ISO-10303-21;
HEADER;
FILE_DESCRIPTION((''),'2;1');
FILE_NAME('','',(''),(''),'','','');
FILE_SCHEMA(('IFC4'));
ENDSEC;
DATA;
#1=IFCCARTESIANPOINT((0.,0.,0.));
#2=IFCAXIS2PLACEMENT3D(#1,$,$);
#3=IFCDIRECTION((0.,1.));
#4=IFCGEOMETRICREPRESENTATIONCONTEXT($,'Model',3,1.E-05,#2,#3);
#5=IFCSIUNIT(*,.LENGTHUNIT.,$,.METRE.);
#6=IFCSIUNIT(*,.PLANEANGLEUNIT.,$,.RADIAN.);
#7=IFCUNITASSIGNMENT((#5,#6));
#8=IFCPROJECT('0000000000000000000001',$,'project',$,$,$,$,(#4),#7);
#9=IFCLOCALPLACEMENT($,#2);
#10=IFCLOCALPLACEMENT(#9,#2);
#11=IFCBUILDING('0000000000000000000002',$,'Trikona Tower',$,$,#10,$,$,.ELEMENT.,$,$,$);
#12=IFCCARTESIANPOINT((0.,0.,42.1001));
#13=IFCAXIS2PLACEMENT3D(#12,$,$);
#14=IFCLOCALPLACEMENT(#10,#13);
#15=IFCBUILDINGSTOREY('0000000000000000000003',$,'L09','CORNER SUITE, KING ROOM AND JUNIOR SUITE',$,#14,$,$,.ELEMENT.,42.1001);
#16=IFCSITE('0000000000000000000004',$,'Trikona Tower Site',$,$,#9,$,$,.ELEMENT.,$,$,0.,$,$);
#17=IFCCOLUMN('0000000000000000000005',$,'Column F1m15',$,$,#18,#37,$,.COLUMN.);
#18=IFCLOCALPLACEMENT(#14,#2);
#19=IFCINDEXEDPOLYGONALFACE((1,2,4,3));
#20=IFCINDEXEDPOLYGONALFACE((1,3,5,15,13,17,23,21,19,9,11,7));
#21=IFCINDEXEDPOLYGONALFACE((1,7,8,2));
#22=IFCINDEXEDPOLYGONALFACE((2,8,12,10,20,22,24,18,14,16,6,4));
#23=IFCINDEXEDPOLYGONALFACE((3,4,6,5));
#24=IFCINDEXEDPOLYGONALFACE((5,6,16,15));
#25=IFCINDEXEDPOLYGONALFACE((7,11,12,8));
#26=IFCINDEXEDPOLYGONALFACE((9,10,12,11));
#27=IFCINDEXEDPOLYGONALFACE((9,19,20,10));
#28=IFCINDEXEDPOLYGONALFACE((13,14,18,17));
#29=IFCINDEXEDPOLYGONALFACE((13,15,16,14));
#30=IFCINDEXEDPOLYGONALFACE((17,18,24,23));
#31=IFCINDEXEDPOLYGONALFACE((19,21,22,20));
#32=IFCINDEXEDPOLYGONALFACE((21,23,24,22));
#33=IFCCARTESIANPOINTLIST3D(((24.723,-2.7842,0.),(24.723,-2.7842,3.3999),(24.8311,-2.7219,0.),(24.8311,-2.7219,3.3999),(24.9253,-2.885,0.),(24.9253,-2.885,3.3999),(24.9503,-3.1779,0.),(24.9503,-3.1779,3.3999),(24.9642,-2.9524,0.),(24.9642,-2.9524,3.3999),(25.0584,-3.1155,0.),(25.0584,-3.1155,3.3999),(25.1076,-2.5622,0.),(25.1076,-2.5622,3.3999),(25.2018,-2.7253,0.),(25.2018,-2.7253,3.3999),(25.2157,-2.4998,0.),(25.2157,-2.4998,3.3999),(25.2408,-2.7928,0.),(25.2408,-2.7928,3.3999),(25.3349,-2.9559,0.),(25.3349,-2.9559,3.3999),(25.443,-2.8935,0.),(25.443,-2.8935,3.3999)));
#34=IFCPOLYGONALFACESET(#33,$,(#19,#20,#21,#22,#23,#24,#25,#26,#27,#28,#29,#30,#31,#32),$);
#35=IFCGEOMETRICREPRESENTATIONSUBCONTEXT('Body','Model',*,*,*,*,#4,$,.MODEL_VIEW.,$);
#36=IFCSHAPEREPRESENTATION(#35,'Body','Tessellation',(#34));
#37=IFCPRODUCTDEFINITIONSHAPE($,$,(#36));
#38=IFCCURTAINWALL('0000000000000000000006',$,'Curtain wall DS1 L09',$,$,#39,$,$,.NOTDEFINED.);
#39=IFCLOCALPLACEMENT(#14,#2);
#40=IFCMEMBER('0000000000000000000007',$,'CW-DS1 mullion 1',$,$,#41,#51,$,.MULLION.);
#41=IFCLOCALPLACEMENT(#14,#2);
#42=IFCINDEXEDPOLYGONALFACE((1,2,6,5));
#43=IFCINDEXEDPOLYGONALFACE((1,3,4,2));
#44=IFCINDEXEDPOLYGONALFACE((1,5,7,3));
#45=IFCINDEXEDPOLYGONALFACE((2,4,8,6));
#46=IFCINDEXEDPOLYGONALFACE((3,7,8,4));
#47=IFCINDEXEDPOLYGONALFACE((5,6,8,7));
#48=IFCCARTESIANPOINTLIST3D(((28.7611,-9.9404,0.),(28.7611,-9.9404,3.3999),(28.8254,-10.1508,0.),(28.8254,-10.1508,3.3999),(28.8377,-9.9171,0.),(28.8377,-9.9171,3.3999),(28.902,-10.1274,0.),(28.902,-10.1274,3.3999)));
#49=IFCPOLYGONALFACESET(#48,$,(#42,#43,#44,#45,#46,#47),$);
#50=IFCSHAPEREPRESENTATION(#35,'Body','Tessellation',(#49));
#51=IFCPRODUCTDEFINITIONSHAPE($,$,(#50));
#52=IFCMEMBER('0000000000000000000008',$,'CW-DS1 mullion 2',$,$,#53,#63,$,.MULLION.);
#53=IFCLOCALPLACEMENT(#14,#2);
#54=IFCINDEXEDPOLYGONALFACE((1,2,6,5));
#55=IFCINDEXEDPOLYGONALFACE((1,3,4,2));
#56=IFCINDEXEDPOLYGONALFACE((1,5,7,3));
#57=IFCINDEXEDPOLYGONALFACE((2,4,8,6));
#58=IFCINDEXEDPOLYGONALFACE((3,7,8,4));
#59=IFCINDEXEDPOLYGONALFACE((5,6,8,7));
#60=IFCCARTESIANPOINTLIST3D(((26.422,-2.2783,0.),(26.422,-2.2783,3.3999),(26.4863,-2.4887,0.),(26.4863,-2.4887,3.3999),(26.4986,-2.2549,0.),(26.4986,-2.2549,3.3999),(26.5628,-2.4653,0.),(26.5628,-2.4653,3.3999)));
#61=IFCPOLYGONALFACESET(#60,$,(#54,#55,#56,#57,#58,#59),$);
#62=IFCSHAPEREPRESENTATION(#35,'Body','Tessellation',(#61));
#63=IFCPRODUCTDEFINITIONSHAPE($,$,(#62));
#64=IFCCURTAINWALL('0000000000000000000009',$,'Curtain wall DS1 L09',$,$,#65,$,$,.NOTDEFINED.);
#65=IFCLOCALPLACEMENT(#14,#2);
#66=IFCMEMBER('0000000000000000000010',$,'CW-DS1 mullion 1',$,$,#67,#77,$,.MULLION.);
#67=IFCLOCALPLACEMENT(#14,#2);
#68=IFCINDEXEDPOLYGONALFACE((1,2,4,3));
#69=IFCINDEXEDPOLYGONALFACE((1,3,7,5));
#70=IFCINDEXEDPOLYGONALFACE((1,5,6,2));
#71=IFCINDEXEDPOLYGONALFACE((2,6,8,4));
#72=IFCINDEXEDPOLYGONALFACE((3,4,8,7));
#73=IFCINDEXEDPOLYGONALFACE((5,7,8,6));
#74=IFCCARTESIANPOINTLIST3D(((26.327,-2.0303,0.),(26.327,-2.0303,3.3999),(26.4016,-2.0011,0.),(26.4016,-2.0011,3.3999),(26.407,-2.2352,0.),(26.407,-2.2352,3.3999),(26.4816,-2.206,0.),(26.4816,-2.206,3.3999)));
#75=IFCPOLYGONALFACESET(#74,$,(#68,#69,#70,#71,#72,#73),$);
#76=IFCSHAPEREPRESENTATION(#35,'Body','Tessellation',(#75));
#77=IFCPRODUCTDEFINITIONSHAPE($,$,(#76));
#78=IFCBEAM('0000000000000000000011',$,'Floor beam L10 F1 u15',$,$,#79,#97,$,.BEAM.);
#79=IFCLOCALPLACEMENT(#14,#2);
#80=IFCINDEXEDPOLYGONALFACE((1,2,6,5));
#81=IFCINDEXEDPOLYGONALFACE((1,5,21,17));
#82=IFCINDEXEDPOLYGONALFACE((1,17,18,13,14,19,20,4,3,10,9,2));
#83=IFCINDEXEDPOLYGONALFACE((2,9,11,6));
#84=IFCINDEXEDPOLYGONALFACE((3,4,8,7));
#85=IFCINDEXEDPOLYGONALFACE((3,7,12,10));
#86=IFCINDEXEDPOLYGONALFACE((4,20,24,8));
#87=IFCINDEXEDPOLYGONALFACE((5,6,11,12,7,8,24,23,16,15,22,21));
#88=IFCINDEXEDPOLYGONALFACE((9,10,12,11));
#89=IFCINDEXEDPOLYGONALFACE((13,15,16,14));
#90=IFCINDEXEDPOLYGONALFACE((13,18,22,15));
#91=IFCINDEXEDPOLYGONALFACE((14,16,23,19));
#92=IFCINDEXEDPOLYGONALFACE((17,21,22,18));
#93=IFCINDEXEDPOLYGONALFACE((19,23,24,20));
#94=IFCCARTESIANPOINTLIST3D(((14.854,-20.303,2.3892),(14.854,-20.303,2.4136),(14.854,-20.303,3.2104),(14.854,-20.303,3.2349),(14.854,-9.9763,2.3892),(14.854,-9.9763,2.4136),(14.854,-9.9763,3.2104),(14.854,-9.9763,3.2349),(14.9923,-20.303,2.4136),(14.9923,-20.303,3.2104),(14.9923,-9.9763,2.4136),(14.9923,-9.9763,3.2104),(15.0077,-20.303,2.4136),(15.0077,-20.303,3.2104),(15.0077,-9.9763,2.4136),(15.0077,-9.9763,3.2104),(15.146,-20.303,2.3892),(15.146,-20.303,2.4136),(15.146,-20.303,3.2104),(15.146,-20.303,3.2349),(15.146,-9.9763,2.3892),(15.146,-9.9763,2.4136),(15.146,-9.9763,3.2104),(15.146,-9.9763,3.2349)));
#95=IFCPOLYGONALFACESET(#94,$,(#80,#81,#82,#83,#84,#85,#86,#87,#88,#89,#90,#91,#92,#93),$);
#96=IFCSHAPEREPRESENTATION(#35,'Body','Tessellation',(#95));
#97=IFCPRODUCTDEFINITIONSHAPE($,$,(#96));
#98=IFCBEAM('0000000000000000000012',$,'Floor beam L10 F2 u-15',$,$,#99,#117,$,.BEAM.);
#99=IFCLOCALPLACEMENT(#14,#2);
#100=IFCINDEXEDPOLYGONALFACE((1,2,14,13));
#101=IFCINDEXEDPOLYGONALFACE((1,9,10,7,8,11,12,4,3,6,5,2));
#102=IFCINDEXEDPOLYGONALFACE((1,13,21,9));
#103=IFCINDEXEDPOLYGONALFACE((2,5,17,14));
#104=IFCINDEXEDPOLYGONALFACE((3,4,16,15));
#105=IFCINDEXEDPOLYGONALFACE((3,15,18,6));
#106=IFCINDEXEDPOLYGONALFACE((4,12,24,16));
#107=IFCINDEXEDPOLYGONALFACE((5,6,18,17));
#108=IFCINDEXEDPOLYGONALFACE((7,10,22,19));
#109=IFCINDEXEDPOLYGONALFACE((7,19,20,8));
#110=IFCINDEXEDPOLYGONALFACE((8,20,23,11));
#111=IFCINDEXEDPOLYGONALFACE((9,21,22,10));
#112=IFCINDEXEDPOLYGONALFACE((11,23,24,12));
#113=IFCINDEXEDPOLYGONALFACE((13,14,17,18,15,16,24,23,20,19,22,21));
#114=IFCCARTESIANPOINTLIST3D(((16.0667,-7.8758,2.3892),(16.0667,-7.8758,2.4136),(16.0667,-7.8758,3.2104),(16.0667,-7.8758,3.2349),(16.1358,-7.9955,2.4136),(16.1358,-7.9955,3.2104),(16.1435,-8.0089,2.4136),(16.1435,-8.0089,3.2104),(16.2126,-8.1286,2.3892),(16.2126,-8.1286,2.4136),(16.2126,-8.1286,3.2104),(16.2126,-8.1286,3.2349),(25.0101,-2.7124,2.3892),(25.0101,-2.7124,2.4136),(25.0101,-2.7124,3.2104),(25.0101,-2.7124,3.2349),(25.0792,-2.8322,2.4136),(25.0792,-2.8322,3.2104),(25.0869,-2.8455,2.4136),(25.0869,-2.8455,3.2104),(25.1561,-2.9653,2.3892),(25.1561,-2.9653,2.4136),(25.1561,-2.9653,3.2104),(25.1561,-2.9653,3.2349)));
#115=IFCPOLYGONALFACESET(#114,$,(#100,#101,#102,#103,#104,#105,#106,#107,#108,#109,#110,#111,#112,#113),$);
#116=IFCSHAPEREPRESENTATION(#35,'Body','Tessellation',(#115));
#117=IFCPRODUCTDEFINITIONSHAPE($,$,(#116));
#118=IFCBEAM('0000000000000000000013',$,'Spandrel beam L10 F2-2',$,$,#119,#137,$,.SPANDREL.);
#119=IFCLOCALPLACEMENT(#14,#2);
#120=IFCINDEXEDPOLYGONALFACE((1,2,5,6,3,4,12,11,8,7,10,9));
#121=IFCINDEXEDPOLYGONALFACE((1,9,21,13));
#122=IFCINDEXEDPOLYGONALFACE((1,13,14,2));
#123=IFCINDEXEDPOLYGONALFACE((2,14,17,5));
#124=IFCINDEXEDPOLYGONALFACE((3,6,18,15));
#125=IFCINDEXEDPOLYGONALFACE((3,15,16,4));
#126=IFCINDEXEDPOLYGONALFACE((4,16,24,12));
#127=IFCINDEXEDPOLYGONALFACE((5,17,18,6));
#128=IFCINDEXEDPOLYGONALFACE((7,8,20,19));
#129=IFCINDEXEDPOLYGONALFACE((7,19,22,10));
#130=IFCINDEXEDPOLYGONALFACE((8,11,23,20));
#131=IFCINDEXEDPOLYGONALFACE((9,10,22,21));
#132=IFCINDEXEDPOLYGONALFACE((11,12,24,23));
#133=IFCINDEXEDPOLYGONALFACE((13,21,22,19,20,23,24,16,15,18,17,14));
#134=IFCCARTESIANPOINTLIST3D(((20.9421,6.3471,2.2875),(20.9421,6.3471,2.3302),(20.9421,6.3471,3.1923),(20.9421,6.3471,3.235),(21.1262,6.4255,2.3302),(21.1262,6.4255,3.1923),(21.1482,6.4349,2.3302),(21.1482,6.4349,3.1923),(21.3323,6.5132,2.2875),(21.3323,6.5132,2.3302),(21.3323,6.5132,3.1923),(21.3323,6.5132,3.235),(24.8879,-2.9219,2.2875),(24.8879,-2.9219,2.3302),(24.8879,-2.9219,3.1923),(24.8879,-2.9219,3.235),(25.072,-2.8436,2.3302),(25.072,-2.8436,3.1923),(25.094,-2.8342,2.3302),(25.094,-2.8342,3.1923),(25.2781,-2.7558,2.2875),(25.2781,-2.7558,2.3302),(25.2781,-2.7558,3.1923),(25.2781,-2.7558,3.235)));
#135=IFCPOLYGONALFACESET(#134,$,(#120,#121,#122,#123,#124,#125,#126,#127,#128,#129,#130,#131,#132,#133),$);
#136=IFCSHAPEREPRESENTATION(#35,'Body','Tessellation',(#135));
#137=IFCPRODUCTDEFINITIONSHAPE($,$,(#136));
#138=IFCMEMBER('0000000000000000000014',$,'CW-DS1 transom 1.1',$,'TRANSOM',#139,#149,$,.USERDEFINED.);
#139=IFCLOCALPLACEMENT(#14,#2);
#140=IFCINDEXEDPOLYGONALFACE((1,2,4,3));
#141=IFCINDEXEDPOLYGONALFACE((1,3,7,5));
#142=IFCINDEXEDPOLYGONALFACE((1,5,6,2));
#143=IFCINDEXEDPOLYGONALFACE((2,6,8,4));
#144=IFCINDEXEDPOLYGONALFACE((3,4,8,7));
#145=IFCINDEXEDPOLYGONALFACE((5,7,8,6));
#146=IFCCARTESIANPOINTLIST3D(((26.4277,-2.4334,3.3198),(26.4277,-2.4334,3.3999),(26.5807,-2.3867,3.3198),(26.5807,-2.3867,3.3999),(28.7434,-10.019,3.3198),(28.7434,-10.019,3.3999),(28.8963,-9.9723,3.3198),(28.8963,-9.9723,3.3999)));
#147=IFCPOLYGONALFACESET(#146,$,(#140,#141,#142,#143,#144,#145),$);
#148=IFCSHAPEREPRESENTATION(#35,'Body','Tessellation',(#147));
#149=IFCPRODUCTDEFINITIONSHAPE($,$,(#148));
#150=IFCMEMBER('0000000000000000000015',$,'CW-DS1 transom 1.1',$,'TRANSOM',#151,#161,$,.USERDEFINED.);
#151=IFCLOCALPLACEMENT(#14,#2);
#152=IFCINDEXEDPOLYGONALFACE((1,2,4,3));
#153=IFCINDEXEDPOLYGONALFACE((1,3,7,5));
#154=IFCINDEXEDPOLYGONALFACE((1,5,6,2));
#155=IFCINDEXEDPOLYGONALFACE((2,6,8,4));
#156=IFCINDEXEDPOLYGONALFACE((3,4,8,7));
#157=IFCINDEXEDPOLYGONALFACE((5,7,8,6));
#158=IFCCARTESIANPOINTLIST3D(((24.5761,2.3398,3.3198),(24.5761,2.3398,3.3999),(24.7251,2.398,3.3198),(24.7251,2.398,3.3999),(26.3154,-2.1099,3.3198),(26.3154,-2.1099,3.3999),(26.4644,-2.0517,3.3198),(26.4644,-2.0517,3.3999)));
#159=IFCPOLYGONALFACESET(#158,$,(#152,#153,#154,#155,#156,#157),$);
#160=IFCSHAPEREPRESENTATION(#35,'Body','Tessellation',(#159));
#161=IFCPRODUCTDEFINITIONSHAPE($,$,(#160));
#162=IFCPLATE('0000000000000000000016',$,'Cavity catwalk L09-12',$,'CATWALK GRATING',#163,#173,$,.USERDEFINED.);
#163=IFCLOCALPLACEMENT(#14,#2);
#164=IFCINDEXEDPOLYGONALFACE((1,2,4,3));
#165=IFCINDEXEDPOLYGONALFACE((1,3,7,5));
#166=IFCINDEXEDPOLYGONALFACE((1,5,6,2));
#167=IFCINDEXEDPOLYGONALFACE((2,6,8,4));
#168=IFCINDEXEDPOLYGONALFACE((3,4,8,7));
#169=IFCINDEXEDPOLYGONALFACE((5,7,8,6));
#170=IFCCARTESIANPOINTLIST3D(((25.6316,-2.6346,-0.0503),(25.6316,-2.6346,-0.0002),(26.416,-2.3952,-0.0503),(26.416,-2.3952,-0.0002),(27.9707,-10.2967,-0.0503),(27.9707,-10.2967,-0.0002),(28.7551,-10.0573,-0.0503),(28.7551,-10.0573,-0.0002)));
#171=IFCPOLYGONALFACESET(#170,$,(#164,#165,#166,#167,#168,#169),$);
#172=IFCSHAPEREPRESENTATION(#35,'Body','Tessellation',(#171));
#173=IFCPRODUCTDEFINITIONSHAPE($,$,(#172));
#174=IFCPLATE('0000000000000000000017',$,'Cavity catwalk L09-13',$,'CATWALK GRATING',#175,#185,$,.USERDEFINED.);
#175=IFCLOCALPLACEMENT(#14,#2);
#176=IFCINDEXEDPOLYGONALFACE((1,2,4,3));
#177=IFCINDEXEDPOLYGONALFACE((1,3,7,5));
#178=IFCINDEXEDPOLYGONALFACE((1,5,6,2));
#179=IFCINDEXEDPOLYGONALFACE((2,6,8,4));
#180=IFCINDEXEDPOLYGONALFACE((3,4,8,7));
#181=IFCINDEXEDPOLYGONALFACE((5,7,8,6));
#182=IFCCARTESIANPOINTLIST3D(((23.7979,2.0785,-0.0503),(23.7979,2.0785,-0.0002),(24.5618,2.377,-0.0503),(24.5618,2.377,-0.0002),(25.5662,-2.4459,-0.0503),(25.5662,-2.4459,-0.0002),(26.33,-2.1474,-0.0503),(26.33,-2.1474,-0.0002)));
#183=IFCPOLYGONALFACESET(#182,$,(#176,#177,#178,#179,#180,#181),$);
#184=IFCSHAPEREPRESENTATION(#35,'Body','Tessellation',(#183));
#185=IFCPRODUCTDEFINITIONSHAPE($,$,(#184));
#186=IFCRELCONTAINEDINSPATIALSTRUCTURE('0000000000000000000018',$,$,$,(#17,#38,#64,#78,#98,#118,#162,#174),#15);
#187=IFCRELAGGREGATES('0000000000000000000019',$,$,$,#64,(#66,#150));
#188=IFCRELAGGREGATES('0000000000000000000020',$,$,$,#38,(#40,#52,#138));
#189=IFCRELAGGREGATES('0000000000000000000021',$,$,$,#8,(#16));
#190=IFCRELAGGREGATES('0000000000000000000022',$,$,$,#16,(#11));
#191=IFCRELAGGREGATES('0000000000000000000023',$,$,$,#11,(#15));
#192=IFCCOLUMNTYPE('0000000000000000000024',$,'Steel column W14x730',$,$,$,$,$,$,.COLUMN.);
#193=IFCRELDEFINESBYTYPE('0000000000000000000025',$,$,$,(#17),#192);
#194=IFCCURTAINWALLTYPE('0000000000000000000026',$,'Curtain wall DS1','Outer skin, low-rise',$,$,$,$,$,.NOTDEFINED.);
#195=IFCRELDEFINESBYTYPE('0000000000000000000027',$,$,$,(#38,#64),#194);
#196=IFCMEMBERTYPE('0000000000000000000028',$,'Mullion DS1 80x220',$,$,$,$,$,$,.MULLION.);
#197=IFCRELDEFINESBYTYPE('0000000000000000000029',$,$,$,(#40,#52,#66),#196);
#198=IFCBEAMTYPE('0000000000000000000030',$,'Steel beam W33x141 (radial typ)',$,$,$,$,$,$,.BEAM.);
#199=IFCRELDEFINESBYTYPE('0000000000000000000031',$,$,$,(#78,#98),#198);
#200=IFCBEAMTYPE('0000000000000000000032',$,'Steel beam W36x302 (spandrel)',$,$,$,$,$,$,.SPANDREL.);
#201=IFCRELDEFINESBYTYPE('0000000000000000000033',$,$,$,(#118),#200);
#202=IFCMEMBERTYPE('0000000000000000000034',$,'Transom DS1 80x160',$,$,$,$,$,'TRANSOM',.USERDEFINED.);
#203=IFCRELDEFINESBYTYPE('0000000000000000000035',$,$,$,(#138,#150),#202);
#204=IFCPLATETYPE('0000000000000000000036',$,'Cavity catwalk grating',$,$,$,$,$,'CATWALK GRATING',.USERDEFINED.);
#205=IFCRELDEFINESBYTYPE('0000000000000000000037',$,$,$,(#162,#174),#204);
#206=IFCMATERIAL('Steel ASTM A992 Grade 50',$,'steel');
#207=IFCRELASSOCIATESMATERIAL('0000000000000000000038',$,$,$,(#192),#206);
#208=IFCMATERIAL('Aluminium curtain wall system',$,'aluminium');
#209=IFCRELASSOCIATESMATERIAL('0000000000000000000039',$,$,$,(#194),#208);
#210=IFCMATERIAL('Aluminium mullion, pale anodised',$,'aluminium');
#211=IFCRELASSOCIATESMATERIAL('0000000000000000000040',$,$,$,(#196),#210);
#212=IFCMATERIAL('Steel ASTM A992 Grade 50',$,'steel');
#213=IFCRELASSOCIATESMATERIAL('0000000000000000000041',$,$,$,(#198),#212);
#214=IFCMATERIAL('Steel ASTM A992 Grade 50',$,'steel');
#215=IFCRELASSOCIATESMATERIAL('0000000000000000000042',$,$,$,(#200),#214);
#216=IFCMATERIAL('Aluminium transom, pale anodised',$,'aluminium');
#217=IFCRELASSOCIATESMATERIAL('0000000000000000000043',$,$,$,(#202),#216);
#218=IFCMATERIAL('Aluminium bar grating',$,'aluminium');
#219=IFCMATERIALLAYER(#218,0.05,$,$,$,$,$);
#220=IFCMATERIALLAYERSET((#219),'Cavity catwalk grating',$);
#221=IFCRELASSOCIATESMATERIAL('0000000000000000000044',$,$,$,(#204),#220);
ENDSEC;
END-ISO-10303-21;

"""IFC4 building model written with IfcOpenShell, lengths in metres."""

from ifc_helpers import new_model, si_unit, direction, frame, origin, origin_2d, place, context, subcontext, project, spatial, rectangle, i_section, extrude, material, layer, layer_set, material_profile, profile_set, type_object, element, aggregate, save


model = new_model("IFC4")

# Units and contexts
model_context = context("Model", 3, precision=1e-05, world=origin(), true_north=direction((0.0, 1.0)))
body_context = subcontext(model_context, "Body", "Model", "MODEL_VIEW")
ifc_project = project(units=[si_unit("LENGTHUNIT", "METRE"), si_unit("PLANEANGLEUNIT", "RADIAN")], contexts=[model_context])

# Site, building, storey
site_placement = place(None, origin())
site = spatial("IfcSite", under=ifc_project, at=site_placement, Name="Trikona Tower Site", CompositionType="ELEMENT", RefElevation=0.0)
building_placement = place(site_placement, origin())
building = spatial("IfcBuilding", under=site, at=building_placement, Name="Trikona Tower", CompositionType="ELEMENT")
storey_placement = place(building_placement, frame((0.0, 0.0, 42.1001)))
storey = spatial("IfcBuildingStorey", under=building, at=storey_placement, Name="L09", Description="CORNER SUITE, KING ROOM AND JUNIOR SUITE", CompositionType="ELEMENT", Elevation=42.1001)

# Column
ifc_material_1 = material(Name="Steel ASTM A992 Grade 50", Category="steel")
ifc_material_profile_1 = material_profile(ifc_material_1, i_section(OverallWidth=0.4546, OverallDepth=0.5688, WebThickness=0.0779, FlangeThickness=0.1248, at=origin_2d()), Name="W14X730")
ifc_profile_set_1 = profile_set([ifc_material_profile_1], Name="Steel ASTM A992 Grade 50")
column_type = type_object("IfcColumnType", Name="Steel column W14x730", PredefinedType="COLUMN", material=ifc_profile_set_1)
column_placement = place(storey_placement, frame((25.083, -2.8389, 0.0), z_axis=(0.0, 0.0, 1.0), x_axis=(-0.5, 0.866025, 0.0)))
element("IfcColumn", 1, at=column_placement, inside=storey, type_object=column_type, Name="Column F1m15", PredefinedType="COLUMN", context=body_context, shape_type="SweptSolid", body=[
    extrude(i_section(OverallWidth=0.4546, OverallDepth=0.5688, WebThickness=0.0779, FlangeThickness=0.1248, at=origin_2d()), origin(), (0.0, 0.0, 1.0), 3.3999),
])

# Curtain wall, members
ifc_material_2 = material(Name="Aluminium curtain wall system", Category="aluminium")
curtain_wall_type = type_object("IfcCurtainWallType", Name="Curtain wall DS1", Description="Outer skin, low-rise", PredefinedType="NOTDEFINED", material=ifc_material_2)
curtain_wall_1_placement = place(storey_placement, origin())
curtain_wall_1 = element("IfcCurtainWall", 2, at=curtain_wall_1_placement, inside=storey, type_object=curtain_wall_type, Name="Curtain wall DS1 L09", PredefinedType="NOTDEFINED")
ifc_material_3 = material(Name="Aluminium mullion, pale anodised", Category="aluminium")
ifc_material_profile_2 = material_profile(ifc_material_3, rectangle(XDim=0.0801, YDim=0.22, at=origin_2d()), Name="MUL-DS1")
ifc_profile_set_2 = profile_set([ifc_material_profile_2], Name="Aluminium mullion, pale anodised")
member_type_1 = type_object("IfcMemberType", Name="Mullion DS1 80x220", PredefinedType="MULLION", material=ifc_profile_set_2)
member_1_placement = place(storey_placement, frame((28.8315, -10.0339, 0.0), z_axis=(0.0, 0.0, 1.0), x_axis=(-0.956423, -0.291984, 0.0)))
member_1 = element("IfcMember", 3, at=member_1_placement, type_object=member_type_1, Name="CW-DS1 mullion 1", PredefinedType="MULLION", context=body_context, shape_type="SweptSolid", body=[
    extrude(rectangle(XDim=0.0801, YDim=0.22, at=origin_2d()), origin(), (0.0, 0.0, 1.0), 3.3999),
])
member_2_placement = place(storey_placement, frame((26.4924, -2.3718, 0.0), z_axis=(0.0, 0.0, 1.0), x_axis=(-0.956423, -0.291984, 0.0)))
member_2 = element("IfcMember", 4, at=member_2_placement, type_object=member_type_1, Name="CW-DS1 mullion 2", PredefinedType="MULLION", context=body_context, shape_type="SweptSolid", body=[
    extrude(rectangle(XDim=0.0801, YDim=0.22, at=origin_2d()), origin(), (0.0, 0.0, 1.0), 3.3999),
])

# Curtain wall, member
curtain_wall_2_placement = place(storey_placement, origin())
curtain_wall_2 = element("IfcCurtainWall", 5, at=curtain_wall_2_placement, inside=storey, type_object=curtain_wall_type, Name="Curtain wall DS1 L09", PredefinedType="NOTDEFINED")
member_3_placement = place(storey_placement, frame((26.4043, -2.1182, 0.0), z_axis=(0.0, 0.0, 1.0), x_axis=(-0.931396, -0.364008, 0.0)))
member_3 = element("IfcMember", 6, at=member_3_placement, type_object=member_type_1, Name="CW-DS1 mullion 1", PredefinedType="MULLION", context=body_context, shape_type="SweptSolid", body=[
    extrude(rectangle(XDim=0.0801, YDim=0.22, at=origin_2d()), origin(), (0.0, 0.0, 1.0), 3.3999),
])

# Beams
ifc_material_4 = material(Name="Steel ASTM A992 Grade 50", Category="steel")
ifc_material_profile_3 = material_profile(ifc_material_4, i_section(OverallWidth=0.292, OverallDepth=0.8457, WebThickness=0.0154, FlangeThickness=0.0244, at=origin_2d()), Name="W33X141")
ifc_profile_set_3 = profile_set([ifc_material_profile_3], Name="Steel ASTM A992 Grade 50")
beam_type_1 = type_object("IfcBeamType", Name="Steel beam W33x141 (radial typ)", PredefinedType="BEAM", material=ifc_profile_set_3)
beam_1_placement = place(storey_placement, frame((15.0, -9.9763, 2.812), z_axis=(0.0, -1.0, 0.0), x_axis=(1.0, 0.0, 0.0)))
element("IfcBeam", 7, at=beam_1_placement, inside=storey, type_object=beam_type_1, Name="Floor beam L10 F1 u15", PredefinedType="BEAM", context=body_context, shape_type="SweptSolid", body=[
    extrude(i_section(OverallWidth=0.292, OverallDepth=0.8457, WebThickness=0.0154, FlangeThickness=0.0244, at=origin_2d()), origin(), (0.0, 0.0, 1.0), 10.3267),
])
beam_2_placement = place(storey_placement, frame((16.1396, -8.0022, 2.812), z_axis=(0.86603, 0.499991, 0.0), x_axis=(-0.499991, 0.86603, 0.0)))
element("IfcBeam", 8, at=beam_2_placement, inside=storey, type_object=beam_type_1, Name="Floor beam L10 F2 u-15", PredefinedType="BEAM", context=body_context, shape_type="SweptSolid", body=[
    extrude(i_section(OverallWidth=0.292, OverallDepth=0.8457, WebThickness=0.0154, FlangeThickness=0.0244, at=origin_2d()), origin(), (0.0, 0.0, 1.0), 10.3269),
])
ifc_material_5 = material(Name="Steel ASTM A992 Grade 50", Category="steel")
ifc_material_profile_4 = material_profile(ifc_material_5, i_section(OverallWidth=0.4241, OverallDepth=0.9475, WebThickness=0.0239, FlangeThickness=0.0427, at=origin_2d()), Name="W36X302")
ifc_profile_set_4 = profile_set([ifc_material_profile_4], Name="Steel ASTM A992 Grade 50")
beam_type_2 = type_object("IfcBeamType", Name="Steel beam W36x302 (spandrel)", PredefinedType="SPANDREL", material=ifc_profile_set_4)
beam_3_placement = place(storey_placement, frame((25.083, -2.8389, 2.7612), z_axis=(-0.391684, 0.9201, 0.0), x_axis=(-0.9201, -0.391684, 0.0)))
element("IfcBeam", 9, at=beam_3_placement, inside=storey, type_object=beam_type_2, Name="Spandrel beam L10 F2-2", PredefinedType="SPANDREL", context=body_context, shape_type="SweptSolid", body=[
    extrude(i_section(OverallWidth=0.4241, OverallDepth=0.9475, WebThickness=0.0239, FlangeThickness=0.0427, at=origin_2d()), origin(), (0.0, 0.0, 1.0), 10.074),
])

# Members
ifc_material_6 = material(Name="Aluminium transom, pale anodised", Category="aluminium")
ifc_material_profile_5 = material_profile(ifc_material_6, rectangle(XDim=0.1599, YDim=0.0801, at=origin_2d()), Name="TRN-DS1")
ifc_profile_set_5 = profile_set([ifc_material_profile_5], Name="Aluminium transom, pale anodised")
member_type_2 = type_object("IfcMemberType", Name="Transom DS1 80x160", ElementType="TRANSOM", PredefinedType="USERDEFINED", material=ifc_profile_set_5)
member_4_placement = place(storey_placement, frame((28.8198, -9.9956, 3.3599), z_axis=(-0.291967, 0.956428, 0.0), x_axis=(-0.956428, -0.291967, 0.0)))
member_4 = element("IfcMember", 10, at=member_4_placement, type_object=member_type_2, Name="CW-DS1 transom 1.1", ObjectType="TRANSOM", PredefinedType="USERDEFINED", context=body_context, shape_type="SweptSolid", body=[
    extrude(rectangle(XDim=0.1599, YDim=0.0801, at=origin_2d()), origin(), (0.0, 0.0, 1.0), 7.9312),
])
member_5_placement = place(storey_placement, frame((26.3899, -2.0808, 3.3599), z_axis=(-0.364049, 0.93138, 0.0), x_axis=(-0.93138, -0.364049, 0.0)))
member_5 = element("IfcMember", 11, at=member_5_placement, type_object=member_type_2, Name="CW-DS1 transom 1.1", ObjectType="TRANSOM", PredefinedType="USERDEFINED", context=body_context, shape_type="SweptSolid", body=[
    extrude(rectangle(XDim=0.1599, YDim=0.0801, at=origin_2d()), origin(), (0.0, 0.0, 1.0), 4.7776),
])
aggregate(curtain_wall_2, [member_3, member_5])

# Plates
ifc_material_7 = material(Name="Aluminium bar grating", Category="aluminium")
ifc_layer_1 = layer(ifc_material_7, 0.05)
ifc_layer_set_1 = layer_set([ifc_layer_1], Name="Cavity catwalk grating")
plate_type_1 = type_object("IfcPlateType", Name="Cavity catwalk grating", ElementType="CATWALK GRATING", PredefinedType="USERDEFINED", material=ifc_layer_set_1)
plate_1_placement = place(storey_placement, frame((27.1934, -6.3459, -0.0503), z_axis=(0.0, 0.0, 1.0), x_axis=(-0.291979, 0.956425, 0.0)))
element("IfcPlate", 12, at=plate_1_placement, inside=storey, type_object=plate_type_1, Name="Cavity catwalk L09-12", ObjectType="CATWALK GRATING", PredefinedType="USERDEFINED", context=body_context, shape_type="SweptSolid", body=[
    extrude(rectangle(XDim=8.0112, YDim=0.8201, at=origin_2d()), origin(), (0.0, 0.0, 1.0), 0.05),
])
plate_2_placement = place(storey_placement, frame((25.064, -0.0344, -0.0503), z_axis=(0.0, 0.0, 1.0), x_axis=(-0.364009, 0.931395, 0.0)))
element("IfcPlate", 13, at=plate_2_placement, inside=storey, type_object=plate_type_1, Name="Cavity catwalk L09-13", ObjectType="CATWALK GRATING", PredefinedType="USERDEFINED", context=body_context, shape_type="SweptSolid", body=[
    extrude(rectangle(XDim=4.8577, YDim=0.8201, at=origin_2d()), origin(), (0.0, 0.0, 1.0), 0.05),
])

aggregate(curtain_wall_1, [member_1, member_2, member_4])

save(model, "model.ifc")
